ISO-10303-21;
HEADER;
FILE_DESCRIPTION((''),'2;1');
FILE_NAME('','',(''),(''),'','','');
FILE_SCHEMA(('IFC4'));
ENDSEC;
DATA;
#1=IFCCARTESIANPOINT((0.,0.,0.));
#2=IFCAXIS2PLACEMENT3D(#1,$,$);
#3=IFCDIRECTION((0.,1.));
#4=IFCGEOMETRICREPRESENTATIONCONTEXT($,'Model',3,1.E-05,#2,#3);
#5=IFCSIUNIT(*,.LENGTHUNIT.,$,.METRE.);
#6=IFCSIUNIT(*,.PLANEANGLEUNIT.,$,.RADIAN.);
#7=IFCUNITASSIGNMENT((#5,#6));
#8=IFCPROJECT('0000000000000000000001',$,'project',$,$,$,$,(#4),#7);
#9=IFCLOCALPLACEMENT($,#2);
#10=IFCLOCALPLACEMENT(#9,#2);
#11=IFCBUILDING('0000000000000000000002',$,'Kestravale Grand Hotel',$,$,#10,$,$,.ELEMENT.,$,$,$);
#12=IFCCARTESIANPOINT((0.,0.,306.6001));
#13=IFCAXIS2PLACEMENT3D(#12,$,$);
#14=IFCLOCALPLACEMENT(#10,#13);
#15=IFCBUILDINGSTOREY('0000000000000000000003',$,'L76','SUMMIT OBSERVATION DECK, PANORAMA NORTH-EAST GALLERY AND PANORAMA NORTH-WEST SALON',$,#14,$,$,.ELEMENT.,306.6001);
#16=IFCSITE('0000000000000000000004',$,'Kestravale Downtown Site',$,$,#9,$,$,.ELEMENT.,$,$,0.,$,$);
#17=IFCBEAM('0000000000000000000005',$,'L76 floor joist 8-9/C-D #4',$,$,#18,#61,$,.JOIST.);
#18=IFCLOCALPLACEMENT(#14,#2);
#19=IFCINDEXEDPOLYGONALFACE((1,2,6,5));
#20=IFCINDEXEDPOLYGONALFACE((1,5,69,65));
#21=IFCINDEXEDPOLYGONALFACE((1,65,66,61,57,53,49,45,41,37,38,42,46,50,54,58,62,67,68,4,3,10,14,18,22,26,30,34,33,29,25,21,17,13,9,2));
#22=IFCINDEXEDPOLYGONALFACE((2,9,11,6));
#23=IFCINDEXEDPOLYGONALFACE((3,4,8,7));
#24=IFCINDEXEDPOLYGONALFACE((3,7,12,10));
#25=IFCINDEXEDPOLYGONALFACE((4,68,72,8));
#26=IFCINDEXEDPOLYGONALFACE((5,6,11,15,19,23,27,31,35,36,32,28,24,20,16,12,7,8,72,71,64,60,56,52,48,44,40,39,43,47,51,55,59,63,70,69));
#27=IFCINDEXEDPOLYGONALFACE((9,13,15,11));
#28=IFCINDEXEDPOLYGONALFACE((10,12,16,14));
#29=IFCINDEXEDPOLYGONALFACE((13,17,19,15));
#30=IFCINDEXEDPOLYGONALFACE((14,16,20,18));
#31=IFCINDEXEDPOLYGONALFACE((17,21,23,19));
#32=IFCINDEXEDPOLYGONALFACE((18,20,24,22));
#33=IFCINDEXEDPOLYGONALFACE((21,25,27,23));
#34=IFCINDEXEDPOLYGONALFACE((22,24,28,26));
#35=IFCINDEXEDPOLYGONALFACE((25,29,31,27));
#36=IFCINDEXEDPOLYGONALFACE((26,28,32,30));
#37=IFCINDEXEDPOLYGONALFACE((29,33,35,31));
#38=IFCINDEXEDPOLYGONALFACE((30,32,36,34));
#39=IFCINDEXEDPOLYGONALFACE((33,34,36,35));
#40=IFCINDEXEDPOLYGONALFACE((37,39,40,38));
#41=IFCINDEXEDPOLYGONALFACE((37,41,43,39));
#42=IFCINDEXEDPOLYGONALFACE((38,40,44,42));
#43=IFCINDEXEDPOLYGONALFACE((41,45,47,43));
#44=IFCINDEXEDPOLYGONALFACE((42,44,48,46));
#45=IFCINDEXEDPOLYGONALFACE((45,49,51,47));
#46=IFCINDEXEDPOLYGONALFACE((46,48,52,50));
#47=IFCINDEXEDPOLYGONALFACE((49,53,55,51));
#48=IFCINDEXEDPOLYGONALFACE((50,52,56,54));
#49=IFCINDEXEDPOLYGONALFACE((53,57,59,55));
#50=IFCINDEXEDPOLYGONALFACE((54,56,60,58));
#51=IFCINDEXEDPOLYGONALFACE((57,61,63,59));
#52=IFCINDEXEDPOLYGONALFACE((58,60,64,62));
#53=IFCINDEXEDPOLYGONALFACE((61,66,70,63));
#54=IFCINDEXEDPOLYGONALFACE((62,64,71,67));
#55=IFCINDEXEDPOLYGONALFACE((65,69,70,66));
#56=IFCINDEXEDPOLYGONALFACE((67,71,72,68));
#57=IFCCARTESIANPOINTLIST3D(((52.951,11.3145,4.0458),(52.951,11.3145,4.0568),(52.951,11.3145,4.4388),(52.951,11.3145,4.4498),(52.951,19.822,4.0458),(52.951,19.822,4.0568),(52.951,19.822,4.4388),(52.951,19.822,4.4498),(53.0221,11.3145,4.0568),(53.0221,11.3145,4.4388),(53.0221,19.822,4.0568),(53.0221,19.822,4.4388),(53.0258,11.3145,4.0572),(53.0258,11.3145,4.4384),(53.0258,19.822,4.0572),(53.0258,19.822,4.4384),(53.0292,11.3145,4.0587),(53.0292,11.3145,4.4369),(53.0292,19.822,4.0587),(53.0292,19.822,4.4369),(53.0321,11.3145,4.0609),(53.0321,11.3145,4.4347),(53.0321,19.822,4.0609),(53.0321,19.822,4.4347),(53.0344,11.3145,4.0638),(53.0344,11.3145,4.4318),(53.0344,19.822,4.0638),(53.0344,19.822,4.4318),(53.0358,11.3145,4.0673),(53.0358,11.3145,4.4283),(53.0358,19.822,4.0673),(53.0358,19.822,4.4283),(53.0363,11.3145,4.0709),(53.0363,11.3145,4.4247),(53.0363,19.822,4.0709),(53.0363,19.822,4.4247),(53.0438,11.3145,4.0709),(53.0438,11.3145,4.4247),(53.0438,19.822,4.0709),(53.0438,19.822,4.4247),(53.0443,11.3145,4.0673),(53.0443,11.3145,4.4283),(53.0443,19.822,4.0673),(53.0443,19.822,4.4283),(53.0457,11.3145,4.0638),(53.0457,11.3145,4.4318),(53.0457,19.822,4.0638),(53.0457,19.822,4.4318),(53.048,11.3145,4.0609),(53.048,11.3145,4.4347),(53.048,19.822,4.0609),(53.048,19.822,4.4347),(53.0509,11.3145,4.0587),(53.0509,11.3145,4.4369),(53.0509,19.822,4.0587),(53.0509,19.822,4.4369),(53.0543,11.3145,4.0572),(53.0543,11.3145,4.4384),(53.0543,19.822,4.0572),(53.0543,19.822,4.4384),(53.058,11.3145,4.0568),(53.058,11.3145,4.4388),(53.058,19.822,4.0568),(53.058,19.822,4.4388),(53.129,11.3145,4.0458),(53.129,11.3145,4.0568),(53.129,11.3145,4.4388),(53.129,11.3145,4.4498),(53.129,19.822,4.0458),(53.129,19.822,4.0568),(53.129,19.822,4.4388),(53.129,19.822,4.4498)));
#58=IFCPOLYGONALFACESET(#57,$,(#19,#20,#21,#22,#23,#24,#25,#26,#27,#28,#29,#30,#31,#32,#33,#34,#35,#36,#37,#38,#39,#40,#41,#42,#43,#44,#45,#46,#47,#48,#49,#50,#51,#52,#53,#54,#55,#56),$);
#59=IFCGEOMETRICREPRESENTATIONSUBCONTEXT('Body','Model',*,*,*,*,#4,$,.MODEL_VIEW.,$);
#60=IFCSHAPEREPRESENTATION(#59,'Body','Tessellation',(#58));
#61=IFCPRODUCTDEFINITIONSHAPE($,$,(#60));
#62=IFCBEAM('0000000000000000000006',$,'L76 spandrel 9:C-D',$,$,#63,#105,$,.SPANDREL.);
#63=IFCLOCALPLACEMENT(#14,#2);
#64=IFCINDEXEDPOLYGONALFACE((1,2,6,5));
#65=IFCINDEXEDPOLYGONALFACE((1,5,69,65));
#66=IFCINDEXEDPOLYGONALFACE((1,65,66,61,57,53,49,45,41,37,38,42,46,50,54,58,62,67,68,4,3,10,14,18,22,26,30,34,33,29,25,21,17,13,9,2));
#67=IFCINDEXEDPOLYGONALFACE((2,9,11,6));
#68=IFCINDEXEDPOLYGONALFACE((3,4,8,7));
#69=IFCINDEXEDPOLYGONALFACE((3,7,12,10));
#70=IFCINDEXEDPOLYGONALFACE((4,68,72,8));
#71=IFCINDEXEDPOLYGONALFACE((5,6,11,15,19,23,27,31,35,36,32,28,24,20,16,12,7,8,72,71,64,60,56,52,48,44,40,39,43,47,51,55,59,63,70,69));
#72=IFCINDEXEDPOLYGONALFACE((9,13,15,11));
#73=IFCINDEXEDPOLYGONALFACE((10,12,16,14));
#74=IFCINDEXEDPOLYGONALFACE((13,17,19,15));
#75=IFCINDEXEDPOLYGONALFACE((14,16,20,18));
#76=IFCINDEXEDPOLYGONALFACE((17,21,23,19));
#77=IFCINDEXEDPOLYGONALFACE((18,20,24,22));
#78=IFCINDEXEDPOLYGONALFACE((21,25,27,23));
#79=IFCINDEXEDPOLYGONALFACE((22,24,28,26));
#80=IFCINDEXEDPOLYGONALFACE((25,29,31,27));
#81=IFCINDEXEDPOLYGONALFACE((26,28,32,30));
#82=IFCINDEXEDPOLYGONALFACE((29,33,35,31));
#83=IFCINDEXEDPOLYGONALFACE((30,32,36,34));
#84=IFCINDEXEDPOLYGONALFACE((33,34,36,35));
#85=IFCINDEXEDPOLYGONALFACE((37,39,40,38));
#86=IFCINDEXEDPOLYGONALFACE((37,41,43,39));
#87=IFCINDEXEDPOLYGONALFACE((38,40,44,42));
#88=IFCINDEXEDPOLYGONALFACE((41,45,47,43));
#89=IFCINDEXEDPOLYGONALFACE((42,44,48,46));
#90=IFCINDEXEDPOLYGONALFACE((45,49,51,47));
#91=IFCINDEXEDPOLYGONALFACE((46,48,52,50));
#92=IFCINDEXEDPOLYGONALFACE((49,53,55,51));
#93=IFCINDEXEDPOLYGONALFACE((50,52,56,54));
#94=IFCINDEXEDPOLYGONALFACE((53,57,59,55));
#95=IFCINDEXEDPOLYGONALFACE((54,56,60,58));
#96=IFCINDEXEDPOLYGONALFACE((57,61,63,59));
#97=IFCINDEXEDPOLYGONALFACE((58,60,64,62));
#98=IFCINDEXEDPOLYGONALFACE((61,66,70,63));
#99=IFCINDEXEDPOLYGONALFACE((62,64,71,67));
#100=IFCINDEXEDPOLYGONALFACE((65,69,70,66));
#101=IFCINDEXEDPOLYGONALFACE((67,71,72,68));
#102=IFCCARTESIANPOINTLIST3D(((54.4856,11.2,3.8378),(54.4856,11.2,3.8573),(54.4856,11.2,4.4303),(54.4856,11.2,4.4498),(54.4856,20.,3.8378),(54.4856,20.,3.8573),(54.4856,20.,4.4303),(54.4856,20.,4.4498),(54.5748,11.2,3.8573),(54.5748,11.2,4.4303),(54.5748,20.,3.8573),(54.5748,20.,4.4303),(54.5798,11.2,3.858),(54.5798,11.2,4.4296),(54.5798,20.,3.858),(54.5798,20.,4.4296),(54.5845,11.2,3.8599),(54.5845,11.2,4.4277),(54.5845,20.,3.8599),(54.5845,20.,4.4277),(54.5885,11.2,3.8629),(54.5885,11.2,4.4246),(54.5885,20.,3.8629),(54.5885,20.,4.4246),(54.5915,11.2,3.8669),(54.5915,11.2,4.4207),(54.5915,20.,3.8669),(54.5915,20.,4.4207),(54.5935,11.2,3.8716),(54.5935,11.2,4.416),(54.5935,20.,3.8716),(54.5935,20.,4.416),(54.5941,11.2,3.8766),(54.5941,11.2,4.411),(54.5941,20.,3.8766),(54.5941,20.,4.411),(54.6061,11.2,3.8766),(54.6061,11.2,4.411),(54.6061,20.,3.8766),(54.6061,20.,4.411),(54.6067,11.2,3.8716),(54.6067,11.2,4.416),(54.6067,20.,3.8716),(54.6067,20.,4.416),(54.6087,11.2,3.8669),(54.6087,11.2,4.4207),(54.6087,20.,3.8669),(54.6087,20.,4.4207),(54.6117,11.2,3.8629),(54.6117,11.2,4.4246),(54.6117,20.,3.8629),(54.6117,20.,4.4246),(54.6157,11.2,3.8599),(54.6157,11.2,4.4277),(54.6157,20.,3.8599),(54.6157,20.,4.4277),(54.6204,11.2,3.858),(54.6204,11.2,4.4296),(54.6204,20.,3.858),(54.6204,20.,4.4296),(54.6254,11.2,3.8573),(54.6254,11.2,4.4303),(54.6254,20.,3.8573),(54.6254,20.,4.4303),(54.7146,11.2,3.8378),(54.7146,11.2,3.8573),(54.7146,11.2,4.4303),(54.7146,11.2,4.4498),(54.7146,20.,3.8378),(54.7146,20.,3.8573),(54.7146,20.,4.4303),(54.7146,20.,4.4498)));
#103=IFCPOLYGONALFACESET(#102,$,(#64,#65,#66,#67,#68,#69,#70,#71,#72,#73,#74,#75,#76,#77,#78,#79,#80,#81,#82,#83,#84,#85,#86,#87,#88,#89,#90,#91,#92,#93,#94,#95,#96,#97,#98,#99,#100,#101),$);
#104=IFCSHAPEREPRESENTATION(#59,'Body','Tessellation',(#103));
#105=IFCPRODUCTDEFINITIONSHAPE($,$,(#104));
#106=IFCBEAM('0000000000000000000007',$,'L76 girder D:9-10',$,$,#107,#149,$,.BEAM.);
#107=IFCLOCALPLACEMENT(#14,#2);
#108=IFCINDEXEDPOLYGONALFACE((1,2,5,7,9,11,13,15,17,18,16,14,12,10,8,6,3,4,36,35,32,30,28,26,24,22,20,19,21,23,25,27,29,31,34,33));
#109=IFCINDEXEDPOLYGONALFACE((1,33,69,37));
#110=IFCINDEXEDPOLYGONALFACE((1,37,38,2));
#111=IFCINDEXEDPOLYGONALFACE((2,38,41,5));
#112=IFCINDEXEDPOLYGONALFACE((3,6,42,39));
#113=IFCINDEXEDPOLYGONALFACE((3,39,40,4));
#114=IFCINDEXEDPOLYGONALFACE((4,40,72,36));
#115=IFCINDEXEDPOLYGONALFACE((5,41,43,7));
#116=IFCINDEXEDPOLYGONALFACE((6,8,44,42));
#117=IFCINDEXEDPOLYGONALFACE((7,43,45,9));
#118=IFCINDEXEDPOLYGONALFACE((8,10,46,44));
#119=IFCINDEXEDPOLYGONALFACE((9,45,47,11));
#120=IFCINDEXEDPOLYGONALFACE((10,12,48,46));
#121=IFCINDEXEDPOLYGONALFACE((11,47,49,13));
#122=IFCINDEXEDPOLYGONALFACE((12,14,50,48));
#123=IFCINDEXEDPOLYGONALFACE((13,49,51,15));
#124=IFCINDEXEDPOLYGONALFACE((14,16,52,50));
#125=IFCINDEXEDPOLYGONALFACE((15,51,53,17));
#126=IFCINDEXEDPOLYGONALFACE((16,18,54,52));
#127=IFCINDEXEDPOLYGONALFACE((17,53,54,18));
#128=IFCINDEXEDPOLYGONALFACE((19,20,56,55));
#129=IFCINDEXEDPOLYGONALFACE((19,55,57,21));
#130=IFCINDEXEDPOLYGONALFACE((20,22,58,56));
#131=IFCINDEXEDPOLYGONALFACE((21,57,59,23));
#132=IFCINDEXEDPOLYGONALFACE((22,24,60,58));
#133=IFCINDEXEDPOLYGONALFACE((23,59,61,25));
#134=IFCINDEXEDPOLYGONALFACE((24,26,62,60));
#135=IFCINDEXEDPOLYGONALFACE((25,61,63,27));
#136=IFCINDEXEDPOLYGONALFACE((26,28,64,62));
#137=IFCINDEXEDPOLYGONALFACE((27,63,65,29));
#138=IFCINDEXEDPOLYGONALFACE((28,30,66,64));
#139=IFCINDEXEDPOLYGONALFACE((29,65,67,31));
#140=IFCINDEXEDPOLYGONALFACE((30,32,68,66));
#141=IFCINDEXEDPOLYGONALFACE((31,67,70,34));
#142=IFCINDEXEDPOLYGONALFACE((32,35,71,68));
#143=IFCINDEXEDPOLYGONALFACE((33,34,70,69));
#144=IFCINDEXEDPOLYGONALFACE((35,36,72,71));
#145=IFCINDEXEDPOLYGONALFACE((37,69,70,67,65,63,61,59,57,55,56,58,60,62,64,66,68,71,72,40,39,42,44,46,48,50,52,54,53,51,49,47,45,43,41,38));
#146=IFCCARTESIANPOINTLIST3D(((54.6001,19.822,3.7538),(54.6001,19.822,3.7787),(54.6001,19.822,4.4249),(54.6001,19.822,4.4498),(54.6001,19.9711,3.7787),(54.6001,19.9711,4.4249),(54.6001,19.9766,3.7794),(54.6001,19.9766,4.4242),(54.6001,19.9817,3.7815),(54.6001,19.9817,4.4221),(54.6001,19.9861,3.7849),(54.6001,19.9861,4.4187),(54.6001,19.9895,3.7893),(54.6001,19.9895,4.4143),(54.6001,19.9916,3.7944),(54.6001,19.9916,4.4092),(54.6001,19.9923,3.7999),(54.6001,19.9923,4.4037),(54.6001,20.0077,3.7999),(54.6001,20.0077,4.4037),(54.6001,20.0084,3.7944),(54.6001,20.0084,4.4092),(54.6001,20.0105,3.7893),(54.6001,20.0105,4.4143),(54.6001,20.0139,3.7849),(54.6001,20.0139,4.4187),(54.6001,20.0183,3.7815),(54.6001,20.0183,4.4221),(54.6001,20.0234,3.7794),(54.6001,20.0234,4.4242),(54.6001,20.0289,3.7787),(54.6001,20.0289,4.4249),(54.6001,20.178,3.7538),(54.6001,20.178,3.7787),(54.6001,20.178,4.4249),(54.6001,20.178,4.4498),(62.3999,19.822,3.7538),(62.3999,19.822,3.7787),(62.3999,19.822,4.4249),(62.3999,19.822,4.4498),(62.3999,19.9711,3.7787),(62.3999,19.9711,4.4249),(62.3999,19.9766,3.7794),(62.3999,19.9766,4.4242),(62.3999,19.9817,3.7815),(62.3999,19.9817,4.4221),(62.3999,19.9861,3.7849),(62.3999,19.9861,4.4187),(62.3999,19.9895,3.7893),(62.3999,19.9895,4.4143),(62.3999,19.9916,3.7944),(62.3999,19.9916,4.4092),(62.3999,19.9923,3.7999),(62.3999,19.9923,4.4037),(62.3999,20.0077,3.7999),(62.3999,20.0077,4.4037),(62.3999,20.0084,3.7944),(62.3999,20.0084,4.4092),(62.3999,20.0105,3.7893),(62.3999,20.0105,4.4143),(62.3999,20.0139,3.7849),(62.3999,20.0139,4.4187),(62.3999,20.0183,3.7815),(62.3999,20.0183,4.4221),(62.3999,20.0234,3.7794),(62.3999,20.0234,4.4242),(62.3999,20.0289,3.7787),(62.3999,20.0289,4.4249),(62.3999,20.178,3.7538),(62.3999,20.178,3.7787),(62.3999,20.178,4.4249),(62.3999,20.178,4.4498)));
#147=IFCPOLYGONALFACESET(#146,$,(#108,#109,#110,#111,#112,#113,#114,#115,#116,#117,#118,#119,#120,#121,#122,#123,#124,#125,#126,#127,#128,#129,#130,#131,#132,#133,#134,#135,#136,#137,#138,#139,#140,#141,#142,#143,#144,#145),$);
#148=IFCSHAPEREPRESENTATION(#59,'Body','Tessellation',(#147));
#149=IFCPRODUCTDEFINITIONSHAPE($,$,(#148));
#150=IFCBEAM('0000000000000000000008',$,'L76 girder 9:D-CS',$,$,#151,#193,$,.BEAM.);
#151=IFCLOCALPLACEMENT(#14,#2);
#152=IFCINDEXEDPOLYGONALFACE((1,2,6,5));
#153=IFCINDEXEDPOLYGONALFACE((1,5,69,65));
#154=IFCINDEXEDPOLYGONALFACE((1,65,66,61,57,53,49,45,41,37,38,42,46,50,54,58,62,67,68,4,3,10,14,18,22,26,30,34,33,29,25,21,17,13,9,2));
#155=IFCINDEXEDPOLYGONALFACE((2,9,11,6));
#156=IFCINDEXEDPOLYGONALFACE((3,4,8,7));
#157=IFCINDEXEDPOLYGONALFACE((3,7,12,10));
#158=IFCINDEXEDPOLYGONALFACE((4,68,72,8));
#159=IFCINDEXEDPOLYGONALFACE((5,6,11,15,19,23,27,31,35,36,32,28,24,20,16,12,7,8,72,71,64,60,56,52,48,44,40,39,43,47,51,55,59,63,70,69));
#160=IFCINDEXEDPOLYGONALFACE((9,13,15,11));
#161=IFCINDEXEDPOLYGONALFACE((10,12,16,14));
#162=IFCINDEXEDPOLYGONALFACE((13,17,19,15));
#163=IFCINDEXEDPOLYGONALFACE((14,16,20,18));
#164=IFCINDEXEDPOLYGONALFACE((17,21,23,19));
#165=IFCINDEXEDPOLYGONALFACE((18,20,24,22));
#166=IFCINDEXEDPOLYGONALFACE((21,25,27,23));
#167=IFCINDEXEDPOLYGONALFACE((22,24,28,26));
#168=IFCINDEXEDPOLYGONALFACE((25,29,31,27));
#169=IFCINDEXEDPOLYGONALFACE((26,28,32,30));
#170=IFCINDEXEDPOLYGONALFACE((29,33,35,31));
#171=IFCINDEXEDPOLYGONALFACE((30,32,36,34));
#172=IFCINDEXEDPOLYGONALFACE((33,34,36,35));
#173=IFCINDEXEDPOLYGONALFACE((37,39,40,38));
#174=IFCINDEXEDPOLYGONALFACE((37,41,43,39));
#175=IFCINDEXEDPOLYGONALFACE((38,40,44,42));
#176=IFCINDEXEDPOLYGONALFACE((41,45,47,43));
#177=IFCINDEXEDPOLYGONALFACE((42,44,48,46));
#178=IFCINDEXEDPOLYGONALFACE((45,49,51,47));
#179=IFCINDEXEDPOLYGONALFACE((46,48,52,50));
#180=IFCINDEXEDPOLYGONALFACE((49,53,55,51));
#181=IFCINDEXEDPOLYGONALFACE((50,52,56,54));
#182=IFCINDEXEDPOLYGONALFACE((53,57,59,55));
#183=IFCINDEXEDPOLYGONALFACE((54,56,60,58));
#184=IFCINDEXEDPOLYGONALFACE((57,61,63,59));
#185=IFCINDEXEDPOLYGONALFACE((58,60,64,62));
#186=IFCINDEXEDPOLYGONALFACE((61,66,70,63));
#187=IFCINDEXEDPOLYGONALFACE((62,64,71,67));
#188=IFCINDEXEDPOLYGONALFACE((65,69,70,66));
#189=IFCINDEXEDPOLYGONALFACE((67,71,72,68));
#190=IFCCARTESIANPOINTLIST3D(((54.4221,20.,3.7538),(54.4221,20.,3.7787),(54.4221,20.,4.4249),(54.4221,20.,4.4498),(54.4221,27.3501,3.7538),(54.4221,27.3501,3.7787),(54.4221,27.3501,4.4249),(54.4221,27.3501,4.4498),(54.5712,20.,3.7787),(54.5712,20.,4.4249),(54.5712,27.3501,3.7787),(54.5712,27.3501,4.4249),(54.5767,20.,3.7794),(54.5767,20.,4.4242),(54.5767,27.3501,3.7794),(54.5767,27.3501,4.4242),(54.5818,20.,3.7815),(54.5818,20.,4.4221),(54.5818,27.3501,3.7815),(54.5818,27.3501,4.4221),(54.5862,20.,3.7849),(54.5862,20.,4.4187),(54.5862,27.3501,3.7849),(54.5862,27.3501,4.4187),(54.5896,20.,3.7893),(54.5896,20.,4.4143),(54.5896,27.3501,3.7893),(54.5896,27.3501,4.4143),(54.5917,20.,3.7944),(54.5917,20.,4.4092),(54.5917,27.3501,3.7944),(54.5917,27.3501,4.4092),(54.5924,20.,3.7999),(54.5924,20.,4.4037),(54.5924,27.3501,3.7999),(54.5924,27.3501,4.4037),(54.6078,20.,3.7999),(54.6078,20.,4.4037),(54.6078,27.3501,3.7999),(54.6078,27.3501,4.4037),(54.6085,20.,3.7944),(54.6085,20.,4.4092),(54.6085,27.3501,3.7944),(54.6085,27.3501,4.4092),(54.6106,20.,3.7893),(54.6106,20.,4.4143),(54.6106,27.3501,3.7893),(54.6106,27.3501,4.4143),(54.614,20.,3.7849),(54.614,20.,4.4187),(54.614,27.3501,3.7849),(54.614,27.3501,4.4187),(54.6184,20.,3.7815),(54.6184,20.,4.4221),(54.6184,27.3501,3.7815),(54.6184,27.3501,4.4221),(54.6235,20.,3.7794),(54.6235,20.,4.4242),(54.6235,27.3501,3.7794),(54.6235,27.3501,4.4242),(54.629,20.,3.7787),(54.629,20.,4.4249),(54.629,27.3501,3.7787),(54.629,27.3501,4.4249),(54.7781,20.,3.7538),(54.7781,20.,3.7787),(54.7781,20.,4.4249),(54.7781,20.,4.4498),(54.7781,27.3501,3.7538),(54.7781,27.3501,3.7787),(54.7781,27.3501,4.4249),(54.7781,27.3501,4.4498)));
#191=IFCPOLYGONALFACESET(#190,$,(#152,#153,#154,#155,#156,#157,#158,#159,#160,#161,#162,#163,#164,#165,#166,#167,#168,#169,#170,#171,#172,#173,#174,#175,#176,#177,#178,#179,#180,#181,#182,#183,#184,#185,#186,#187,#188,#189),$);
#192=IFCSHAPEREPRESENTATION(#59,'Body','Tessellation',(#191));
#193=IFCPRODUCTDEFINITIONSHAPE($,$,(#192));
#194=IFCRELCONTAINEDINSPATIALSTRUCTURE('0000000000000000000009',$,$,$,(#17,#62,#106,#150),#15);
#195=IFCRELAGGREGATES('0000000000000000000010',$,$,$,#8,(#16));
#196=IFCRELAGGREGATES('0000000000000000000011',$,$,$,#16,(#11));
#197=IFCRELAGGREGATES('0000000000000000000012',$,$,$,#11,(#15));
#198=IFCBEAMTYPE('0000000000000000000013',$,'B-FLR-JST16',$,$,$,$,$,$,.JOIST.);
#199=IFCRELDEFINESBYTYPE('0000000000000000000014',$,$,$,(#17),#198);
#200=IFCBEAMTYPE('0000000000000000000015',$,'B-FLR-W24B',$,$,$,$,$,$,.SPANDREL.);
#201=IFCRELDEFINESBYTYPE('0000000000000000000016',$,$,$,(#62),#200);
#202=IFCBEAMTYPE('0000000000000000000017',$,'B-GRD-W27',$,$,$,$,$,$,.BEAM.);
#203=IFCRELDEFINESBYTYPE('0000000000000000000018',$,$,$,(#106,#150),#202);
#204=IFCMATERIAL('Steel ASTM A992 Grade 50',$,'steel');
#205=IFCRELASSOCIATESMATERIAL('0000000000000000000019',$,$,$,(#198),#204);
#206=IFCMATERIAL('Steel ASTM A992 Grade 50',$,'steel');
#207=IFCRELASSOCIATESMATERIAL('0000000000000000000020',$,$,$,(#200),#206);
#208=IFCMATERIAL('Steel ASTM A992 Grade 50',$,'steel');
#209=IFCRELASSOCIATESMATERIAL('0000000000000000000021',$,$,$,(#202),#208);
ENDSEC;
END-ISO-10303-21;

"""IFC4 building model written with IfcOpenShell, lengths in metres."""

from ifc_helpers import new_model, si_unit, direction, frame, origin, origin_2d, place, context, subcontext, project, spatial, i_section, extrude, material, material_profile, profile_set, type_object, element, save


model = new_model("IFC4")

# Units and contexts
model_context = context("Model", 3, precision=1e-05, world=origin(), true_north=direction((0.0, 1.0)))
body_context = subcontext(model_context, "Body", "Model", "MODEL_VIEW")
ifc_project = project(units=[si_unit("LENGTHUNIT", "METRE"), si_unit("PLANEANGLEUNIT", "RADIAN")], contexts=[model_context])

# Site, building, storey
site_placement = place(None, origin())
site = spatial("IfcSite", under=ifc_project, at=site_placement, Name="Kestravale Downtown Site", CompositionType="ELEMENT", RefElevation=0.0)
building_placement = place(site_placement, origin())
building = spatial("IfcBuilding", under=site, at=building_placement, Name="Kestravale Grand Hotel", CompositionType="ELEMENT")
storey_placement = place(building_placement, frame((0.0, 0.0, 306.6001)))
storey = spatial("IfcBuildingStorey", under=building, at=storey_placement, Name="L76", Description="SUMMIT OBSERVATION DECK, PANORAMA NORTH-EAST GALLERY AND PANORAMA NORTH-WEST SALON", CompositionType="ELEMENT", Elevation=306.6001)

# Beams
ifc_material_1 = material(Name="Steel ASTM A992 Grade 50", Category="steel")
ifc_material_profile_1 = material_profile(ifc_material_1, i_section(OverallWidth=0.178, OverallDepth=0.4041, WebThickness=0.0076, FlangeThickness=0.011, FilletRadius=0.0142, at=origin_2d()))
ifc_profile_set_1 = profile_set([ifc_material_profile_1], Name="Steel ASTM A992 Grade 50")
beam_type_1 = type_object("IfcBeamType", Name="B-FLR-JST16", PredefinedType="JOIST", material=ifc_profile_set_1)
for number, where, z_axis, x_axis, name in (
    (1, (53.04, 11.3145, 4.2478), (0.0, 1.0, 0.0), (-1.0, 0.0, 0.0), "L76 floor joist 8-9/C-D #4"),
):
    element("IfcBeam", number, at=place(storey_placement, frame(where, z_axis=z_axis, x_axis=x_axis)), inside=storey, type_object=beam_type_1, Name=name, PredefinedType="JOIST", context=body_context, shape_type="SweptSolid", body=[
        extrude(i_section(OverallWidth=0.178, OverallDepth=0.4041, WebThickness=0.0076, FlangeThickness=0.011, FilletRadius=0.0142, at=origin_2d()), origin(), (0.0, 0.0, 1.0), 8.5076),
    ])
ifc_material_2 = material(Name="Steel ASTM A992 Grade 50", Category="steel")
ifc_material_profile_2 = material_profile(ifc_material_2, i_section(OverallWidth=0.229, OverallDepth=0.6121, WebThickness=0.012, FlangeThickness=0.0195, FilletRadius=0.0193, at=origin_2d()))
ifc_profile_set_2 = profile_set([ifc_material_profile_2], Name="Steel ASTM A992 Grade 50")
beam_type_2 = type_object("IfcBeamType", Name="B-FLR-W24B", PredefinedType="SPANDREL", material=ifc_profile_set_2)
beam_1_placement = place(storey_placement, frame((54.6001, 11.2, 4.1438), z_axis=(0.0, 1.0, 0.0), x_axis=(-1.0, 0.0, 0.0)))
element("IfcBeam", 2, at=beam_1_placement, inside=storey, type_object=beam_type_2, Name="L76 spandrel 9:C-D", PredefinedType="SPANDREL", context=body_context, shape_type="SweptSolid", body=[
    extrude(i_section(OverallWidth=0.229, OverallDepth=0.6121, WebThickness=0.012, FlangeThickness=0.0195, FilletRadius=0.0193, at=origin_2d()), origin(), (0.0, 0.0, 1.0), 8.8),
])
ifc_material_3 = material(Name="Steel ASTM A992 Grade 50", Category="steel")
ifc_material_profile_3 = material_profile(ifc_material_3, i_section(OverallWidth=0.356, OverallDepth=0.696, WebThickness=0.0154, FlangeThickness=0.0249, FilletRadius=0.0212, at=origin_2d()))
ifc_profile_set_3 = profile_set([ifc_material_profile_3], Name="Steel ASTM A992 Grade 50")
beam_type_3 = type_object("IfcBeamType", Name="B-GRD-W27", PredefinedType="BEAM", material=ifc_profile_set_3)
beam_2_placement = place(storey_placement, frame((54.6001, 20.0, 4.1018), z_axis=(1.0, 0.0, 0.0), x_axis=(0.0, 1.0, 0.0)))
element("IfcBeam", 3, at=beam_2_placement, inside=storey, type_object=beam_type_3, Name="L76 girder D:9-10", PredefinedType="BEAM", context=body_context, shape_type="SweptSolid", body=[
    extrude(i_section(OverallWidth=0.356, OverallDepth=0.696, WebThickness=0.0154, FlangeThickness=0.0249, FilletRadius=0.0212, at=origin_2d()), origin(), (0.0, 0.0, 1.0), 7.7998),
])
beam_3_placement = place(storey_placement, frame((54.6001, 20.0, 4.1018), z_axis=(0.0, 1.0, 0.0), x_axis=(-1.0, 0.0, 0.0)))
element("IfcBeam", 4, at=beam_3_placement, inside=storey, type_object=beam_type_3, Name="L76 girder 9:D-CS", PredefinedType="BEAM", context=body_context, shape_type="SweptSolid", body=[
    extrude(i_section(OverallWidth=0.356, OverallDepth=0.696, WebThickness=0.0154, FlangeThickness=0.0249, FilletRadius=0.0212, at=origin_2d()), origin(), (0.0, 0.0, 1.0), 7.3501),
])

save(model, "model.ifc")
